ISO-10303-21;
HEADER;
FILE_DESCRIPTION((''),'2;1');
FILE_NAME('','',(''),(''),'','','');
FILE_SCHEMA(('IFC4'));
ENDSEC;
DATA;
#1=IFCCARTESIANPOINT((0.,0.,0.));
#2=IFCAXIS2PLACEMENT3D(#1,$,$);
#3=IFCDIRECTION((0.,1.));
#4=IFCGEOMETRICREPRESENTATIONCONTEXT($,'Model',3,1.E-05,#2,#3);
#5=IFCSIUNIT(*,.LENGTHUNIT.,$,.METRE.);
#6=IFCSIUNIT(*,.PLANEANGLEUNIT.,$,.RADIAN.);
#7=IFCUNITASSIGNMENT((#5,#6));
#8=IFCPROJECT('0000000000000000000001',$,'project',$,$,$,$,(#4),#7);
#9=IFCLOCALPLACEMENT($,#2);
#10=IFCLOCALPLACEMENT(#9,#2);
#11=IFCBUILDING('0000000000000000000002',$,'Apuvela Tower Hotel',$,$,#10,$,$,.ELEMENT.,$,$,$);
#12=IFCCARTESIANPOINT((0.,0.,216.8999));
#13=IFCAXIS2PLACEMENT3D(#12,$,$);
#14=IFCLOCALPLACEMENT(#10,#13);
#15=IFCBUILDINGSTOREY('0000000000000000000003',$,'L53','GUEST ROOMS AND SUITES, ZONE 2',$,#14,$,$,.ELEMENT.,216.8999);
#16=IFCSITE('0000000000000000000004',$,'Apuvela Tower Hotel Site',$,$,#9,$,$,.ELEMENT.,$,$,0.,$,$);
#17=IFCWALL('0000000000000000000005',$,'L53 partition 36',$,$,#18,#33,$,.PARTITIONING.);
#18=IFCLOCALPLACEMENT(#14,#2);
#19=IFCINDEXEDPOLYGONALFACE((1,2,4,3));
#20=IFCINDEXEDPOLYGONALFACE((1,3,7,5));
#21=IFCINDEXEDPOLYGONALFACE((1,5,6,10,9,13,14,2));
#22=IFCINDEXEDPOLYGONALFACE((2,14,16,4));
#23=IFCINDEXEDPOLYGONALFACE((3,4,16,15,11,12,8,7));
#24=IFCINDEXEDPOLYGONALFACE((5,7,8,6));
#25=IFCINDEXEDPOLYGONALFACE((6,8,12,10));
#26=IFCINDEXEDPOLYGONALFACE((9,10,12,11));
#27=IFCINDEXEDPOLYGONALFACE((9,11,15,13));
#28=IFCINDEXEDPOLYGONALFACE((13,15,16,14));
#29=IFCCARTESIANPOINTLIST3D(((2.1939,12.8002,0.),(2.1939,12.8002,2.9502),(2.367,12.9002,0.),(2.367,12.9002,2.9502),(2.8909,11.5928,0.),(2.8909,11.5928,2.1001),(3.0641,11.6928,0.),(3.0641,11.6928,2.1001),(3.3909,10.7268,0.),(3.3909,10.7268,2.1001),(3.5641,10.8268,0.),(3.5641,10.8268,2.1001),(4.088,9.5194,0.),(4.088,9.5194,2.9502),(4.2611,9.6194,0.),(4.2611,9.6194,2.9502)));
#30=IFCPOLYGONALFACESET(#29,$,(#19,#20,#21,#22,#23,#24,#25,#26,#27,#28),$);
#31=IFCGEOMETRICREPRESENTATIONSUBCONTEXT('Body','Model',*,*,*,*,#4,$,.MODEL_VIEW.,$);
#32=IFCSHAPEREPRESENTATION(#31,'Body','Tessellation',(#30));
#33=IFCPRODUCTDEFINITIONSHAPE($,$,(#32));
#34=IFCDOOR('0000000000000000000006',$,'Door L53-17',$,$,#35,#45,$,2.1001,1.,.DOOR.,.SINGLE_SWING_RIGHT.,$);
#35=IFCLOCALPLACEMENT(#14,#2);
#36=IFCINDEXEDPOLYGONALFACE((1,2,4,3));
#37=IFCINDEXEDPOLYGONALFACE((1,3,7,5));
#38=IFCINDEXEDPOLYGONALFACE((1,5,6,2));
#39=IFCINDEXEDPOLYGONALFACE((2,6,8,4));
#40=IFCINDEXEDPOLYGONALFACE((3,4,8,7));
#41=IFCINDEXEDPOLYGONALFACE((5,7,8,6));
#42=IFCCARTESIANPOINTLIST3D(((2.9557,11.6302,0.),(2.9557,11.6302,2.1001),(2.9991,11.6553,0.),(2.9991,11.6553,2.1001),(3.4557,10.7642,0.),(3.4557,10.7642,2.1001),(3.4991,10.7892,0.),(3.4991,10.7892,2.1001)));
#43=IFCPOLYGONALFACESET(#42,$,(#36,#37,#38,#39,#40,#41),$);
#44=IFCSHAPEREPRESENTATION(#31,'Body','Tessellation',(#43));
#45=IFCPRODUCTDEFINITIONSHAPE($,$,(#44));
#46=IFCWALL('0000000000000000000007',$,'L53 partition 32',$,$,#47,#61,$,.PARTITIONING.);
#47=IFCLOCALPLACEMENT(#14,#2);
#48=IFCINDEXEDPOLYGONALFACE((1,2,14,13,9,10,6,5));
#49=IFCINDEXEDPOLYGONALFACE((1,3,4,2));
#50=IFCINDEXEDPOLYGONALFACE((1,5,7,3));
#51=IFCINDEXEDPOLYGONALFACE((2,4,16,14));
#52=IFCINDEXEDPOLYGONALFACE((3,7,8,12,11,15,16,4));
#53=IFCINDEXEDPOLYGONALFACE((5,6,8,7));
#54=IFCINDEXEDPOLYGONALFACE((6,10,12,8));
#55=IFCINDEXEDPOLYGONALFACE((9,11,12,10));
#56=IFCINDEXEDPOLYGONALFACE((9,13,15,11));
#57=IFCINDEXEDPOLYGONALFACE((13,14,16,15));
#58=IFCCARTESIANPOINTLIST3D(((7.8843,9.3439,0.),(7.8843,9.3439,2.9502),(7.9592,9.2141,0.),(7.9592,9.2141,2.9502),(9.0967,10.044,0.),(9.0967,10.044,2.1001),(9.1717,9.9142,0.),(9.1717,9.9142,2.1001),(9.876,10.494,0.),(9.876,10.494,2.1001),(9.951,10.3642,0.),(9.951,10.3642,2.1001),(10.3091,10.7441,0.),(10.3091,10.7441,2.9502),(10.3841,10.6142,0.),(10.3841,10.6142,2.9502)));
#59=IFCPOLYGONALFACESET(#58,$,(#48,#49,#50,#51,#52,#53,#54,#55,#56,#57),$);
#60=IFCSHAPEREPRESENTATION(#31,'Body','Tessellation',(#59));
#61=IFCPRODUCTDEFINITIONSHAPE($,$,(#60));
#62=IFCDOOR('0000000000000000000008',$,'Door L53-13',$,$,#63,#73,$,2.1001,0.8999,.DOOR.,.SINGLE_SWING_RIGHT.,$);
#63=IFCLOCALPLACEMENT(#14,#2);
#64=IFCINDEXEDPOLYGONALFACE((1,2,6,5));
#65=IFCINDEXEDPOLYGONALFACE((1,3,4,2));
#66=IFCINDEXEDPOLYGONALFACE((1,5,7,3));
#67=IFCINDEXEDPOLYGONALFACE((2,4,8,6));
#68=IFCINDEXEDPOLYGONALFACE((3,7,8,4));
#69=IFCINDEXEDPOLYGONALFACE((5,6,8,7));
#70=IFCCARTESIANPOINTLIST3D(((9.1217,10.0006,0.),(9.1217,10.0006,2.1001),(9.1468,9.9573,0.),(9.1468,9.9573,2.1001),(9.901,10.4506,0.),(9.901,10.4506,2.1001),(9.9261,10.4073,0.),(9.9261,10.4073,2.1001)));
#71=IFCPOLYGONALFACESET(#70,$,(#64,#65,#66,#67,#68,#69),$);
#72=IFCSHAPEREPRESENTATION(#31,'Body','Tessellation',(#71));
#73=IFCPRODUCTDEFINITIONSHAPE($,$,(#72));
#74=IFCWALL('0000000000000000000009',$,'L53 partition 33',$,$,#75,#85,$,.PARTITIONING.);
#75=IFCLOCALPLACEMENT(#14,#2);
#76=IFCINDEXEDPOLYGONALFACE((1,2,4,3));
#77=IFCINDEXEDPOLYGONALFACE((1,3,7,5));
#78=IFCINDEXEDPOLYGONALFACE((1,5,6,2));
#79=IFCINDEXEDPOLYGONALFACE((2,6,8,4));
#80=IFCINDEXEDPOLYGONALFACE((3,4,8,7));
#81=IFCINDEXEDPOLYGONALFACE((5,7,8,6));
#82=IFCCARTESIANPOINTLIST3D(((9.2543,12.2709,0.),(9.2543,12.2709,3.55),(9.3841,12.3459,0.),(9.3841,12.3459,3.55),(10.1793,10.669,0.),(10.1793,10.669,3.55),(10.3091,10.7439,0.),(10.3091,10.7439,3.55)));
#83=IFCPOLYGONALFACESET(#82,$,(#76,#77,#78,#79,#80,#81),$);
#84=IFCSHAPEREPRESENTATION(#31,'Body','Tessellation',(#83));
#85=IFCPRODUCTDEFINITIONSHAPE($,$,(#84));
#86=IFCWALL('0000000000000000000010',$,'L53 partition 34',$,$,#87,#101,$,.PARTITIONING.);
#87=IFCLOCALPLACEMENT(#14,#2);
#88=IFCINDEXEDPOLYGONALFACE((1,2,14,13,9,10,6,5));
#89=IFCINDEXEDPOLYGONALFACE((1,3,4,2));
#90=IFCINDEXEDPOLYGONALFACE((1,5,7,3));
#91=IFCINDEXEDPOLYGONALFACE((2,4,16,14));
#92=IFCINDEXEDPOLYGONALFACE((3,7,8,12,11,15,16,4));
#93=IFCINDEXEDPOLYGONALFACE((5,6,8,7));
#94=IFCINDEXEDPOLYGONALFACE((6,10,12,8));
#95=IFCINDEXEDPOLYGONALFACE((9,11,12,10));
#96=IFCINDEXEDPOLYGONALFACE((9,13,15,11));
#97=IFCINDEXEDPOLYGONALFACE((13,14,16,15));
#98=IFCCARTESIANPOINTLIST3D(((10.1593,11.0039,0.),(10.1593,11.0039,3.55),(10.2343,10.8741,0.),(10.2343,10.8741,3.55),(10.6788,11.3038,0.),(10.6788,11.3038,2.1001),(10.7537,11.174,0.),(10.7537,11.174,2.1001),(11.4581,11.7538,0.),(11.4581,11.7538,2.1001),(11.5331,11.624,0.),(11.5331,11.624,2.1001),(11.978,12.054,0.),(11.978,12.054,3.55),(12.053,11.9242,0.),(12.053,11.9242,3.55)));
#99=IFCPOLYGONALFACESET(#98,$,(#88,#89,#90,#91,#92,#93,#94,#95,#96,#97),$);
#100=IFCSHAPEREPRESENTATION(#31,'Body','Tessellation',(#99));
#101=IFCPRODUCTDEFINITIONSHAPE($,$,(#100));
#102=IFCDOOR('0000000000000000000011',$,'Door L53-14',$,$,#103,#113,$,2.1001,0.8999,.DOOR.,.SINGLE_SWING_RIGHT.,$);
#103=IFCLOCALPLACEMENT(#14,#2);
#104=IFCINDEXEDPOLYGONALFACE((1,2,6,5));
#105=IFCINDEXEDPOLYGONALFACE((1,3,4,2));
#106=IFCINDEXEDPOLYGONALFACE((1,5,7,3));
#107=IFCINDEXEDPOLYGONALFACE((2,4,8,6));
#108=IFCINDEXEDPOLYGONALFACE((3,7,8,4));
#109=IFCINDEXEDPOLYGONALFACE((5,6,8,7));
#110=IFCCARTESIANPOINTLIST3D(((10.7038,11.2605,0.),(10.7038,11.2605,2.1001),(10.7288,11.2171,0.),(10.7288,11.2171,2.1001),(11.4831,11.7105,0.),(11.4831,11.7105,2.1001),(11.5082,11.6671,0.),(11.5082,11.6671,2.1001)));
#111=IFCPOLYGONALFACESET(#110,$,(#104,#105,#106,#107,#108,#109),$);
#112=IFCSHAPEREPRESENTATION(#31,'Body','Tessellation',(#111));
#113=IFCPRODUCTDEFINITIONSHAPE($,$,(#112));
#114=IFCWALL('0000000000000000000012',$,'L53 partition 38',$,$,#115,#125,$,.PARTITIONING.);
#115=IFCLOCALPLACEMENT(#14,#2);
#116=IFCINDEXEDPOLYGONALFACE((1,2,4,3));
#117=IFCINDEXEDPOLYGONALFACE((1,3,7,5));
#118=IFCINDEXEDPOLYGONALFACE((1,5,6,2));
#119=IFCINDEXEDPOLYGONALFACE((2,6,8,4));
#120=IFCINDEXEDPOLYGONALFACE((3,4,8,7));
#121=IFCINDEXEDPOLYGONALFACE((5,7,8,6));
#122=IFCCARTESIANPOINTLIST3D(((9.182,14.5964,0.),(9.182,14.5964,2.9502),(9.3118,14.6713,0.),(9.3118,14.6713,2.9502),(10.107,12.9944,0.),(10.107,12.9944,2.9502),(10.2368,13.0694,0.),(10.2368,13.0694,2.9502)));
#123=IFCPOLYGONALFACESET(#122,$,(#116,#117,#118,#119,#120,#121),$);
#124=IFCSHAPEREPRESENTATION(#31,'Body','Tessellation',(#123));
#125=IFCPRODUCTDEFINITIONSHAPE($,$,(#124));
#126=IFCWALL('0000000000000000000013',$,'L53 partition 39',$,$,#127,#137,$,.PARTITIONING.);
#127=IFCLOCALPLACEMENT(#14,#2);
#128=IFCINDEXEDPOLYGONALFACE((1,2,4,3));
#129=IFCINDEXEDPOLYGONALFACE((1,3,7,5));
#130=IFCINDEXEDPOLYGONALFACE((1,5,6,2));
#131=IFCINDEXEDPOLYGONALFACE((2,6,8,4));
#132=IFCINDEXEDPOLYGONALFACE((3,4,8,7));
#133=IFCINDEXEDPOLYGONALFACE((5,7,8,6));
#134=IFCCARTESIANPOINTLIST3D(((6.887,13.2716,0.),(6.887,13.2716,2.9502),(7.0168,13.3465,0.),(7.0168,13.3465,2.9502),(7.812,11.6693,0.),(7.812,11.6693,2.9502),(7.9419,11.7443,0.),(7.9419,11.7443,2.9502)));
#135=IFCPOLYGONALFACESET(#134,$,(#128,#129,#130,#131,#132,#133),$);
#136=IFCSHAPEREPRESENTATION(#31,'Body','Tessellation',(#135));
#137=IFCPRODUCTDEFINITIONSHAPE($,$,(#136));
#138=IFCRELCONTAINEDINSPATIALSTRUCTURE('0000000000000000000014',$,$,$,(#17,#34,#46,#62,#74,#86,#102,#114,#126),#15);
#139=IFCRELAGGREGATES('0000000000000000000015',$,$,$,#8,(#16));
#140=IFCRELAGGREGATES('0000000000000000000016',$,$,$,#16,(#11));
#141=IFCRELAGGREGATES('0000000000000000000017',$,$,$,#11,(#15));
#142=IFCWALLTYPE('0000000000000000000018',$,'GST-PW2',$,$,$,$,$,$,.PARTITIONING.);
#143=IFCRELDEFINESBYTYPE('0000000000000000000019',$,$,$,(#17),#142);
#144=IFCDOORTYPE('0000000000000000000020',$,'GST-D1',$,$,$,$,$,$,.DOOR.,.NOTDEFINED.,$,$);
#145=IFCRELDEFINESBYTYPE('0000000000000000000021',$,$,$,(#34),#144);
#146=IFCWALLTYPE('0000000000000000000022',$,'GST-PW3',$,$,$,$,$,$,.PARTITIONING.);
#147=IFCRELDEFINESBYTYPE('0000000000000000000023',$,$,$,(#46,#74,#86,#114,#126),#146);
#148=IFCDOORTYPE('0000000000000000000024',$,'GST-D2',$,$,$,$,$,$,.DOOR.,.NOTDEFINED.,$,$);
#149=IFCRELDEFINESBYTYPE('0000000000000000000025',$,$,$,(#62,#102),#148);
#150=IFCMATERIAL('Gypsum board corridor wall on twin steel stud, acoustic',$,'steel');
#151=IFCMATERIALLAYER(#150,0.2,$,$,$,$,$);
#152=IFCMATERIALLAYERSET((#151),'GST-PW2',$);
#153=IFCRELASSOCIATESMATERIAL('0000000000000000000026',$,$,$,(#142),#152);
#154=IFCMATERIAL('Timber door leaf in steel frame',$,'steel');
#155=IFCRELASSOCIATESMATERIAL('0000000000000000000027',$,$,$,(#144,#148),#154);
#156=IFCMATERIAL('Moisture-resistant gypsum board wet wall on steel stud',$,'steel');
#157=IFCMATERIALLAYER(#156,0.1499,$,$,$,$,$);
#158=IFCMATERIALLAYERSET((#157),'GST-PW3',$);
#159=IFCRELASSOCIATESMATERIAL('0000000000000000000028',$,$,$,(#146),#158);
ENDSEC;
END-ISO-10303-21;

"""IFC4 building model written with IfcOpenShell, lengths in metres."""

from ifc_helpers import new_model, si_unit, direction, frame, frame_2d, origin, place, context, subcontext, project, spatial, rectangle, extrude, material, layer, layer_set, type_object, element, fill, save


model = new_model("IFC4")

# Units and contexts
model_context = context("Model", 3, precision=1e-05, world=origin(), true_north=direction((0.0, 1.0)))
body_context = subcontext(model_context, "Body", "Model", "MODEL_VIEW")
ifc_project = project(units=[si_unit("LENGTHUNIT", "METRE"), si_unit("PLANEANGLEUNIT", "RADIAN")], contexts=[model_context])

# Site, building, storey
site_placement = place(None, origin())
site = spatial("IfcSite", under=ifc_project, at=site_placement, Name="Apuvela Tower Hotel Site", CompositionType="ELEMENT", RefElevation=0.0)
building_placement = place(site_placement, origin())
building = spatial("IfcBuilding", under=site, at=building_placement, Name="Apuvela Tower Hotel", CompositionType="ELEMENT")
storey_placement = place(building_placement, frame((0.0, 0.0, 216.8999)))
storey = spatial("IfcBuildingStorey", under=building, at=storey_placement, Name="L53", Description="GUEST ROOMS AND SUITES, ZONE 2", CompositionType="ELEMENT", Elevation=216.8999)

# Walls, openings, doors
ifc_material_1 = material(Name="Gypsum board corridor wall on twin steel stud, acoustic", Category="steel")
ifc_layer_1 = layer(ifc_material_1, 0.2)
ifc_layer_set_1 = layer_set([ifc_layer_1], Name="GST-PW2")
wall_type_1 = type_object("IfcWallType", Name="GST-PW2", PredefinedType="PARTITIONING", material=ifc_layer_set_1)
ifc_material_2 = material(Name="Timber door leaf in steel frame", Category="steel")
door_type_1 = type_object("IfcDoorType", Name="GST-D1", OperationType="NOTDEFINED", PredefinedType="DOOR", material=ifc_material_2)
wall_1_placement = place(storey_placement, frame((2.2805, 12.8501, 0.0), z_axis=(0.0, 0.0, 1.0), x_axis=(0.499979, -0.866037, 0.0)))
wall_1 = element("IfcWall", 1, at=wall_1_placement, inside=storey, type_object=wall_type_1, Name="L53 partition 36", PredefinedType="PARTITIONING", context=body_context, shape_type="SweptSolid", body=[
    extrude(rectangle(XDim=3.7883, YDim=0.2, at=frame_2d((1.894, 0.0))), origin(), (0.0, 0.0, 1.0), 2.9502),
])
opening_1_placement = place(wall_1_placement, frame((1.394, 0.0, 0.0)))
opening_1 = element("IfcOpeningElement", 2, at=opening_1_placement, cuts=wall_1, PredefinedType="OPENING", context=body_context, shape_type="SweptSolid", body=[
    extrude(rectangle(XDim=1.0, YDim=2.1001, at=frame_2d((0.5, 1.05))), frame((0.0, 0.1099, 0.0), z_axis=(0.0, -1.0, 0.0), x_axis=(1.0, 0.0, 0.0)), (0.0, 0.0, 1.0), 0.22),
])
door_1_placement = place(opening_1_placement, origin())
door_1 = element("IfcDoor", 3, at=door_1_placement, inside=storey, type_object=door_type_1, Name="Door L53-17", OperationType="SINGLE_SWING_RIGHT", OverallHeight=2.1001, OverallWidth=1.0, PredefinedType="DOOR", context=body_context, shape_type="SweptSolid", body=[
    extrude(rectangle(XDim=1.0, YDim=2.1001, at=frame_2d((0.5, 1.05))), frame((0.0, 0.0249, 0.0), z_axis=(0.0, -1.0, 0.0), x_axis=(1.0, 0.0, 0.0)), (0.0, 0.0, 1.0), 0.05),
])
fill(opening_1, door_1)
ifc_material_3 = material(Name="Moisture-resistant gypsum board wet wall on steel stud", Category="steel")
ifc_layer_2 = layer(ifc_material_3, 0.1499)
ifc_layer_set_2 = layer_set([ifc_layer_2], Name="GST-PW3")
wall_type_2 = type_object("IfcWallType", Name="GST-PW3", PredefinedType="PARTITIONING", material=ifc_layer_set_2)
wall_2_placement = place(storey_placement, frame((7.9219, 9.2791, 0.0), z_axis=(0.0, 0.0, 1.0), x_axis=(0.865997, 0.50005, 0.0)))
wall_2 = element("IfcWall", 4, at=wall_2_placement, inside=storey, type_object=wall_type_2, Name="L53 partition 32", PredefinedType="PARTITIONING", context=body_context, shape_type="SweptSolid", body=[
    extrude(rectangle(XDim=2.8, YDim=0.1499, at=frame_2d((1.3999, 0.0))), origin(), (0.0, 0.0, 1.0), 2.9502),
])
opening_2_placement = place(wall_2_placement, frame((1.3999, 0.0, 0.0)))
opening_2 = element("IfcOpeningElement", 5, at=opening_2_placement, cuts=wall_2, PredefinedType="OPENING", context=body_context, shape_type="SweptSolid", body=[
    extrude(rectangle(XDim=0.8999, YDim=2.1001, at=frame_2d((0.45, 1.05))), frame((0.0, 0.085, 0.0), z_axis=(0.0, -1.0, 0.0), x_axis=(1.0, 0.0, 0.0)), (0.0, 0.0, 1.0), 0.1699),
])
door_type_2 = type_object("IfcDoorType", Name="GST-D2", OperationType="NOTDEFINED", PredefinedType="DOOR", material=ifc_material_2)
door_2_placement = place(opening_2_placement, origin())
door_2 = element("IfcDoor", 6, at=door_2_placement, inside=storey, type_object=door_type_2, Name="Door L53-13", OperationType="SINGLE_SWING_RIGHT", OverallHeight=2.1001, OverallWidth=0.8999, PredefinedType="DOOR", context=body_context, shape_type="SweptSolid", body=[
    extrude(rectangle(XDim=0.8999, YDim=2.1001, at=frame_2d((0.45, 1.05))), frame((0.0, 0.0249, 0.0), z_axis=(0.0, -1.0, 0.0), x_axis=(1.0, 0.0, 0.0)), (0.0, 0.0, 1.0), 0.05),
])
fill(opening_2, door_2)

# Wall
wall_3_placement = place(storey_placement, frame((10.2441, 10.7065, 0.0), z_axis=(0.0, 0.0, 1.0), x_axis=(-0.500042, 0.866001, 0.0)))
element("IfcWall", 7, at=wall_3_placement, inside=storey, type_object=wall_type_2, Name="L53 partition 33", PredefinedType="PARTITIONING", context=body_context, shape_type="SweptSolid", body=[
    extrude(rectangle(XDim=1.8499, YDim=0.1499, at=frame_2d((0.9248, 0.0))), origin(), (0.0, 0.0, 1.0), 3.55),
])

# Wall, opening, door
wall_4_placement = place(storey_placement, frame((10.1968, 10.939, 0.0), z_axis=(0.0, 0.0, 1.0), x_axis=(0.866009, 0.500028, 0.0)))
wall_4 = element("IfcWall", 8, at=wall_4_placement, inside=storey, type_object=wall_type_2, Name="L53 partition 34", PredefinedType="PARTITIONING", context=body_context, shape_type="SweptSolid", body=[
    extrude(rectangle(XDim=2.1001, YDim=0.1499, at=frame_2d((1.05, 0.0))), origin(), (0.0, 0.0, 1.0), 3.55),
])
opening_3_placement = place(wall_4_placement, frame((0.5999, 0.0, 0.0)))
opening_3 = element("IfcOpeningElement", 9, at=opening_3_placement, cuts=wall_4, PredefinedType="OPENING", context=body_context, shape_type="SweptSolid", body=[
    extrude(rectangle(XDim=0.8999, YDim=2.1001, at=frame_2d((0.45, 1.05))), frame((0.0, 0.085, 0.0), z_axis=(0.0, -1.0, 0.0), x_axis=(1.0, 0.0, 0.0)), (0.0, 0.0, 1.0), 0.1699),
])
door_3_placement = place(opening_3_placement, origin())
door_3 = element("IfcDoor", 10, at=door_3_placement, inside=storey, type_object=door_type_2, Name="Door L53-14", OperationType="SINGLE_SWING_RIGHT", OverallHeight=2.1001, OverallWidth=0.8999, PredefinedType="DOOR", context=body_context, shape_type="SweptSolid", body=[
    extrude(rectangle(XDim=0.8999, YDim=2.1001, at=frame_2d((0.45, 1.05))), frame((0.0, 0.0249, 0.0), z_axis=(0.0, -1.0, 0.0), x_axis=(1.0, 0.0, 0.0)), (0.0, 0.0, 1.0), 0.05),
])
fill(opening_3, door_3)

# Walls
wall_5_placement = place(storey_placement, frame((10.1719, 13.032, 0.0), z_axis=(0.0, 0.0, 1.0), x_axis=(-0.500042, 0.866001, 0.0)))
element("IfcWall", 11, at=wall_5_placement, inside=storey, type_object=wall_type_2, Name="L53 partition 38", PredefinedType="PARTITIONING", context=body_context, shape_type="SweptSolid", body=[
    extrude(rectangle(XDim=1.8499, YDim=0.1499, at=frame_2d((0.9248, 0.0))), origin(), (0.0, 0.0, 1.0), 2.9502),
])
wall_6_placement = place(storey_placement, frame((7.877, 11.7068, 0.0), z_axis=(0.0, 0.0, 1.0), x_axis=(-0.499985, 0.866034, 0.0)))
element("IfcWall", 12, at=wall_6_placement, inside=storey, type_object=wall_type_2, Name="L53 partition 39", PredefinedType="PARTITIONING", context=body_context, shape_type="SweptSolid", body=[
    extrude(rectangle(XDim=1.8501, YDim=0.1499, at=frame_2d((0.925, 0.0))), origin(), (0.0, 0.0, 1.0), 2.9502),
])

save(model, "model.ifc")
